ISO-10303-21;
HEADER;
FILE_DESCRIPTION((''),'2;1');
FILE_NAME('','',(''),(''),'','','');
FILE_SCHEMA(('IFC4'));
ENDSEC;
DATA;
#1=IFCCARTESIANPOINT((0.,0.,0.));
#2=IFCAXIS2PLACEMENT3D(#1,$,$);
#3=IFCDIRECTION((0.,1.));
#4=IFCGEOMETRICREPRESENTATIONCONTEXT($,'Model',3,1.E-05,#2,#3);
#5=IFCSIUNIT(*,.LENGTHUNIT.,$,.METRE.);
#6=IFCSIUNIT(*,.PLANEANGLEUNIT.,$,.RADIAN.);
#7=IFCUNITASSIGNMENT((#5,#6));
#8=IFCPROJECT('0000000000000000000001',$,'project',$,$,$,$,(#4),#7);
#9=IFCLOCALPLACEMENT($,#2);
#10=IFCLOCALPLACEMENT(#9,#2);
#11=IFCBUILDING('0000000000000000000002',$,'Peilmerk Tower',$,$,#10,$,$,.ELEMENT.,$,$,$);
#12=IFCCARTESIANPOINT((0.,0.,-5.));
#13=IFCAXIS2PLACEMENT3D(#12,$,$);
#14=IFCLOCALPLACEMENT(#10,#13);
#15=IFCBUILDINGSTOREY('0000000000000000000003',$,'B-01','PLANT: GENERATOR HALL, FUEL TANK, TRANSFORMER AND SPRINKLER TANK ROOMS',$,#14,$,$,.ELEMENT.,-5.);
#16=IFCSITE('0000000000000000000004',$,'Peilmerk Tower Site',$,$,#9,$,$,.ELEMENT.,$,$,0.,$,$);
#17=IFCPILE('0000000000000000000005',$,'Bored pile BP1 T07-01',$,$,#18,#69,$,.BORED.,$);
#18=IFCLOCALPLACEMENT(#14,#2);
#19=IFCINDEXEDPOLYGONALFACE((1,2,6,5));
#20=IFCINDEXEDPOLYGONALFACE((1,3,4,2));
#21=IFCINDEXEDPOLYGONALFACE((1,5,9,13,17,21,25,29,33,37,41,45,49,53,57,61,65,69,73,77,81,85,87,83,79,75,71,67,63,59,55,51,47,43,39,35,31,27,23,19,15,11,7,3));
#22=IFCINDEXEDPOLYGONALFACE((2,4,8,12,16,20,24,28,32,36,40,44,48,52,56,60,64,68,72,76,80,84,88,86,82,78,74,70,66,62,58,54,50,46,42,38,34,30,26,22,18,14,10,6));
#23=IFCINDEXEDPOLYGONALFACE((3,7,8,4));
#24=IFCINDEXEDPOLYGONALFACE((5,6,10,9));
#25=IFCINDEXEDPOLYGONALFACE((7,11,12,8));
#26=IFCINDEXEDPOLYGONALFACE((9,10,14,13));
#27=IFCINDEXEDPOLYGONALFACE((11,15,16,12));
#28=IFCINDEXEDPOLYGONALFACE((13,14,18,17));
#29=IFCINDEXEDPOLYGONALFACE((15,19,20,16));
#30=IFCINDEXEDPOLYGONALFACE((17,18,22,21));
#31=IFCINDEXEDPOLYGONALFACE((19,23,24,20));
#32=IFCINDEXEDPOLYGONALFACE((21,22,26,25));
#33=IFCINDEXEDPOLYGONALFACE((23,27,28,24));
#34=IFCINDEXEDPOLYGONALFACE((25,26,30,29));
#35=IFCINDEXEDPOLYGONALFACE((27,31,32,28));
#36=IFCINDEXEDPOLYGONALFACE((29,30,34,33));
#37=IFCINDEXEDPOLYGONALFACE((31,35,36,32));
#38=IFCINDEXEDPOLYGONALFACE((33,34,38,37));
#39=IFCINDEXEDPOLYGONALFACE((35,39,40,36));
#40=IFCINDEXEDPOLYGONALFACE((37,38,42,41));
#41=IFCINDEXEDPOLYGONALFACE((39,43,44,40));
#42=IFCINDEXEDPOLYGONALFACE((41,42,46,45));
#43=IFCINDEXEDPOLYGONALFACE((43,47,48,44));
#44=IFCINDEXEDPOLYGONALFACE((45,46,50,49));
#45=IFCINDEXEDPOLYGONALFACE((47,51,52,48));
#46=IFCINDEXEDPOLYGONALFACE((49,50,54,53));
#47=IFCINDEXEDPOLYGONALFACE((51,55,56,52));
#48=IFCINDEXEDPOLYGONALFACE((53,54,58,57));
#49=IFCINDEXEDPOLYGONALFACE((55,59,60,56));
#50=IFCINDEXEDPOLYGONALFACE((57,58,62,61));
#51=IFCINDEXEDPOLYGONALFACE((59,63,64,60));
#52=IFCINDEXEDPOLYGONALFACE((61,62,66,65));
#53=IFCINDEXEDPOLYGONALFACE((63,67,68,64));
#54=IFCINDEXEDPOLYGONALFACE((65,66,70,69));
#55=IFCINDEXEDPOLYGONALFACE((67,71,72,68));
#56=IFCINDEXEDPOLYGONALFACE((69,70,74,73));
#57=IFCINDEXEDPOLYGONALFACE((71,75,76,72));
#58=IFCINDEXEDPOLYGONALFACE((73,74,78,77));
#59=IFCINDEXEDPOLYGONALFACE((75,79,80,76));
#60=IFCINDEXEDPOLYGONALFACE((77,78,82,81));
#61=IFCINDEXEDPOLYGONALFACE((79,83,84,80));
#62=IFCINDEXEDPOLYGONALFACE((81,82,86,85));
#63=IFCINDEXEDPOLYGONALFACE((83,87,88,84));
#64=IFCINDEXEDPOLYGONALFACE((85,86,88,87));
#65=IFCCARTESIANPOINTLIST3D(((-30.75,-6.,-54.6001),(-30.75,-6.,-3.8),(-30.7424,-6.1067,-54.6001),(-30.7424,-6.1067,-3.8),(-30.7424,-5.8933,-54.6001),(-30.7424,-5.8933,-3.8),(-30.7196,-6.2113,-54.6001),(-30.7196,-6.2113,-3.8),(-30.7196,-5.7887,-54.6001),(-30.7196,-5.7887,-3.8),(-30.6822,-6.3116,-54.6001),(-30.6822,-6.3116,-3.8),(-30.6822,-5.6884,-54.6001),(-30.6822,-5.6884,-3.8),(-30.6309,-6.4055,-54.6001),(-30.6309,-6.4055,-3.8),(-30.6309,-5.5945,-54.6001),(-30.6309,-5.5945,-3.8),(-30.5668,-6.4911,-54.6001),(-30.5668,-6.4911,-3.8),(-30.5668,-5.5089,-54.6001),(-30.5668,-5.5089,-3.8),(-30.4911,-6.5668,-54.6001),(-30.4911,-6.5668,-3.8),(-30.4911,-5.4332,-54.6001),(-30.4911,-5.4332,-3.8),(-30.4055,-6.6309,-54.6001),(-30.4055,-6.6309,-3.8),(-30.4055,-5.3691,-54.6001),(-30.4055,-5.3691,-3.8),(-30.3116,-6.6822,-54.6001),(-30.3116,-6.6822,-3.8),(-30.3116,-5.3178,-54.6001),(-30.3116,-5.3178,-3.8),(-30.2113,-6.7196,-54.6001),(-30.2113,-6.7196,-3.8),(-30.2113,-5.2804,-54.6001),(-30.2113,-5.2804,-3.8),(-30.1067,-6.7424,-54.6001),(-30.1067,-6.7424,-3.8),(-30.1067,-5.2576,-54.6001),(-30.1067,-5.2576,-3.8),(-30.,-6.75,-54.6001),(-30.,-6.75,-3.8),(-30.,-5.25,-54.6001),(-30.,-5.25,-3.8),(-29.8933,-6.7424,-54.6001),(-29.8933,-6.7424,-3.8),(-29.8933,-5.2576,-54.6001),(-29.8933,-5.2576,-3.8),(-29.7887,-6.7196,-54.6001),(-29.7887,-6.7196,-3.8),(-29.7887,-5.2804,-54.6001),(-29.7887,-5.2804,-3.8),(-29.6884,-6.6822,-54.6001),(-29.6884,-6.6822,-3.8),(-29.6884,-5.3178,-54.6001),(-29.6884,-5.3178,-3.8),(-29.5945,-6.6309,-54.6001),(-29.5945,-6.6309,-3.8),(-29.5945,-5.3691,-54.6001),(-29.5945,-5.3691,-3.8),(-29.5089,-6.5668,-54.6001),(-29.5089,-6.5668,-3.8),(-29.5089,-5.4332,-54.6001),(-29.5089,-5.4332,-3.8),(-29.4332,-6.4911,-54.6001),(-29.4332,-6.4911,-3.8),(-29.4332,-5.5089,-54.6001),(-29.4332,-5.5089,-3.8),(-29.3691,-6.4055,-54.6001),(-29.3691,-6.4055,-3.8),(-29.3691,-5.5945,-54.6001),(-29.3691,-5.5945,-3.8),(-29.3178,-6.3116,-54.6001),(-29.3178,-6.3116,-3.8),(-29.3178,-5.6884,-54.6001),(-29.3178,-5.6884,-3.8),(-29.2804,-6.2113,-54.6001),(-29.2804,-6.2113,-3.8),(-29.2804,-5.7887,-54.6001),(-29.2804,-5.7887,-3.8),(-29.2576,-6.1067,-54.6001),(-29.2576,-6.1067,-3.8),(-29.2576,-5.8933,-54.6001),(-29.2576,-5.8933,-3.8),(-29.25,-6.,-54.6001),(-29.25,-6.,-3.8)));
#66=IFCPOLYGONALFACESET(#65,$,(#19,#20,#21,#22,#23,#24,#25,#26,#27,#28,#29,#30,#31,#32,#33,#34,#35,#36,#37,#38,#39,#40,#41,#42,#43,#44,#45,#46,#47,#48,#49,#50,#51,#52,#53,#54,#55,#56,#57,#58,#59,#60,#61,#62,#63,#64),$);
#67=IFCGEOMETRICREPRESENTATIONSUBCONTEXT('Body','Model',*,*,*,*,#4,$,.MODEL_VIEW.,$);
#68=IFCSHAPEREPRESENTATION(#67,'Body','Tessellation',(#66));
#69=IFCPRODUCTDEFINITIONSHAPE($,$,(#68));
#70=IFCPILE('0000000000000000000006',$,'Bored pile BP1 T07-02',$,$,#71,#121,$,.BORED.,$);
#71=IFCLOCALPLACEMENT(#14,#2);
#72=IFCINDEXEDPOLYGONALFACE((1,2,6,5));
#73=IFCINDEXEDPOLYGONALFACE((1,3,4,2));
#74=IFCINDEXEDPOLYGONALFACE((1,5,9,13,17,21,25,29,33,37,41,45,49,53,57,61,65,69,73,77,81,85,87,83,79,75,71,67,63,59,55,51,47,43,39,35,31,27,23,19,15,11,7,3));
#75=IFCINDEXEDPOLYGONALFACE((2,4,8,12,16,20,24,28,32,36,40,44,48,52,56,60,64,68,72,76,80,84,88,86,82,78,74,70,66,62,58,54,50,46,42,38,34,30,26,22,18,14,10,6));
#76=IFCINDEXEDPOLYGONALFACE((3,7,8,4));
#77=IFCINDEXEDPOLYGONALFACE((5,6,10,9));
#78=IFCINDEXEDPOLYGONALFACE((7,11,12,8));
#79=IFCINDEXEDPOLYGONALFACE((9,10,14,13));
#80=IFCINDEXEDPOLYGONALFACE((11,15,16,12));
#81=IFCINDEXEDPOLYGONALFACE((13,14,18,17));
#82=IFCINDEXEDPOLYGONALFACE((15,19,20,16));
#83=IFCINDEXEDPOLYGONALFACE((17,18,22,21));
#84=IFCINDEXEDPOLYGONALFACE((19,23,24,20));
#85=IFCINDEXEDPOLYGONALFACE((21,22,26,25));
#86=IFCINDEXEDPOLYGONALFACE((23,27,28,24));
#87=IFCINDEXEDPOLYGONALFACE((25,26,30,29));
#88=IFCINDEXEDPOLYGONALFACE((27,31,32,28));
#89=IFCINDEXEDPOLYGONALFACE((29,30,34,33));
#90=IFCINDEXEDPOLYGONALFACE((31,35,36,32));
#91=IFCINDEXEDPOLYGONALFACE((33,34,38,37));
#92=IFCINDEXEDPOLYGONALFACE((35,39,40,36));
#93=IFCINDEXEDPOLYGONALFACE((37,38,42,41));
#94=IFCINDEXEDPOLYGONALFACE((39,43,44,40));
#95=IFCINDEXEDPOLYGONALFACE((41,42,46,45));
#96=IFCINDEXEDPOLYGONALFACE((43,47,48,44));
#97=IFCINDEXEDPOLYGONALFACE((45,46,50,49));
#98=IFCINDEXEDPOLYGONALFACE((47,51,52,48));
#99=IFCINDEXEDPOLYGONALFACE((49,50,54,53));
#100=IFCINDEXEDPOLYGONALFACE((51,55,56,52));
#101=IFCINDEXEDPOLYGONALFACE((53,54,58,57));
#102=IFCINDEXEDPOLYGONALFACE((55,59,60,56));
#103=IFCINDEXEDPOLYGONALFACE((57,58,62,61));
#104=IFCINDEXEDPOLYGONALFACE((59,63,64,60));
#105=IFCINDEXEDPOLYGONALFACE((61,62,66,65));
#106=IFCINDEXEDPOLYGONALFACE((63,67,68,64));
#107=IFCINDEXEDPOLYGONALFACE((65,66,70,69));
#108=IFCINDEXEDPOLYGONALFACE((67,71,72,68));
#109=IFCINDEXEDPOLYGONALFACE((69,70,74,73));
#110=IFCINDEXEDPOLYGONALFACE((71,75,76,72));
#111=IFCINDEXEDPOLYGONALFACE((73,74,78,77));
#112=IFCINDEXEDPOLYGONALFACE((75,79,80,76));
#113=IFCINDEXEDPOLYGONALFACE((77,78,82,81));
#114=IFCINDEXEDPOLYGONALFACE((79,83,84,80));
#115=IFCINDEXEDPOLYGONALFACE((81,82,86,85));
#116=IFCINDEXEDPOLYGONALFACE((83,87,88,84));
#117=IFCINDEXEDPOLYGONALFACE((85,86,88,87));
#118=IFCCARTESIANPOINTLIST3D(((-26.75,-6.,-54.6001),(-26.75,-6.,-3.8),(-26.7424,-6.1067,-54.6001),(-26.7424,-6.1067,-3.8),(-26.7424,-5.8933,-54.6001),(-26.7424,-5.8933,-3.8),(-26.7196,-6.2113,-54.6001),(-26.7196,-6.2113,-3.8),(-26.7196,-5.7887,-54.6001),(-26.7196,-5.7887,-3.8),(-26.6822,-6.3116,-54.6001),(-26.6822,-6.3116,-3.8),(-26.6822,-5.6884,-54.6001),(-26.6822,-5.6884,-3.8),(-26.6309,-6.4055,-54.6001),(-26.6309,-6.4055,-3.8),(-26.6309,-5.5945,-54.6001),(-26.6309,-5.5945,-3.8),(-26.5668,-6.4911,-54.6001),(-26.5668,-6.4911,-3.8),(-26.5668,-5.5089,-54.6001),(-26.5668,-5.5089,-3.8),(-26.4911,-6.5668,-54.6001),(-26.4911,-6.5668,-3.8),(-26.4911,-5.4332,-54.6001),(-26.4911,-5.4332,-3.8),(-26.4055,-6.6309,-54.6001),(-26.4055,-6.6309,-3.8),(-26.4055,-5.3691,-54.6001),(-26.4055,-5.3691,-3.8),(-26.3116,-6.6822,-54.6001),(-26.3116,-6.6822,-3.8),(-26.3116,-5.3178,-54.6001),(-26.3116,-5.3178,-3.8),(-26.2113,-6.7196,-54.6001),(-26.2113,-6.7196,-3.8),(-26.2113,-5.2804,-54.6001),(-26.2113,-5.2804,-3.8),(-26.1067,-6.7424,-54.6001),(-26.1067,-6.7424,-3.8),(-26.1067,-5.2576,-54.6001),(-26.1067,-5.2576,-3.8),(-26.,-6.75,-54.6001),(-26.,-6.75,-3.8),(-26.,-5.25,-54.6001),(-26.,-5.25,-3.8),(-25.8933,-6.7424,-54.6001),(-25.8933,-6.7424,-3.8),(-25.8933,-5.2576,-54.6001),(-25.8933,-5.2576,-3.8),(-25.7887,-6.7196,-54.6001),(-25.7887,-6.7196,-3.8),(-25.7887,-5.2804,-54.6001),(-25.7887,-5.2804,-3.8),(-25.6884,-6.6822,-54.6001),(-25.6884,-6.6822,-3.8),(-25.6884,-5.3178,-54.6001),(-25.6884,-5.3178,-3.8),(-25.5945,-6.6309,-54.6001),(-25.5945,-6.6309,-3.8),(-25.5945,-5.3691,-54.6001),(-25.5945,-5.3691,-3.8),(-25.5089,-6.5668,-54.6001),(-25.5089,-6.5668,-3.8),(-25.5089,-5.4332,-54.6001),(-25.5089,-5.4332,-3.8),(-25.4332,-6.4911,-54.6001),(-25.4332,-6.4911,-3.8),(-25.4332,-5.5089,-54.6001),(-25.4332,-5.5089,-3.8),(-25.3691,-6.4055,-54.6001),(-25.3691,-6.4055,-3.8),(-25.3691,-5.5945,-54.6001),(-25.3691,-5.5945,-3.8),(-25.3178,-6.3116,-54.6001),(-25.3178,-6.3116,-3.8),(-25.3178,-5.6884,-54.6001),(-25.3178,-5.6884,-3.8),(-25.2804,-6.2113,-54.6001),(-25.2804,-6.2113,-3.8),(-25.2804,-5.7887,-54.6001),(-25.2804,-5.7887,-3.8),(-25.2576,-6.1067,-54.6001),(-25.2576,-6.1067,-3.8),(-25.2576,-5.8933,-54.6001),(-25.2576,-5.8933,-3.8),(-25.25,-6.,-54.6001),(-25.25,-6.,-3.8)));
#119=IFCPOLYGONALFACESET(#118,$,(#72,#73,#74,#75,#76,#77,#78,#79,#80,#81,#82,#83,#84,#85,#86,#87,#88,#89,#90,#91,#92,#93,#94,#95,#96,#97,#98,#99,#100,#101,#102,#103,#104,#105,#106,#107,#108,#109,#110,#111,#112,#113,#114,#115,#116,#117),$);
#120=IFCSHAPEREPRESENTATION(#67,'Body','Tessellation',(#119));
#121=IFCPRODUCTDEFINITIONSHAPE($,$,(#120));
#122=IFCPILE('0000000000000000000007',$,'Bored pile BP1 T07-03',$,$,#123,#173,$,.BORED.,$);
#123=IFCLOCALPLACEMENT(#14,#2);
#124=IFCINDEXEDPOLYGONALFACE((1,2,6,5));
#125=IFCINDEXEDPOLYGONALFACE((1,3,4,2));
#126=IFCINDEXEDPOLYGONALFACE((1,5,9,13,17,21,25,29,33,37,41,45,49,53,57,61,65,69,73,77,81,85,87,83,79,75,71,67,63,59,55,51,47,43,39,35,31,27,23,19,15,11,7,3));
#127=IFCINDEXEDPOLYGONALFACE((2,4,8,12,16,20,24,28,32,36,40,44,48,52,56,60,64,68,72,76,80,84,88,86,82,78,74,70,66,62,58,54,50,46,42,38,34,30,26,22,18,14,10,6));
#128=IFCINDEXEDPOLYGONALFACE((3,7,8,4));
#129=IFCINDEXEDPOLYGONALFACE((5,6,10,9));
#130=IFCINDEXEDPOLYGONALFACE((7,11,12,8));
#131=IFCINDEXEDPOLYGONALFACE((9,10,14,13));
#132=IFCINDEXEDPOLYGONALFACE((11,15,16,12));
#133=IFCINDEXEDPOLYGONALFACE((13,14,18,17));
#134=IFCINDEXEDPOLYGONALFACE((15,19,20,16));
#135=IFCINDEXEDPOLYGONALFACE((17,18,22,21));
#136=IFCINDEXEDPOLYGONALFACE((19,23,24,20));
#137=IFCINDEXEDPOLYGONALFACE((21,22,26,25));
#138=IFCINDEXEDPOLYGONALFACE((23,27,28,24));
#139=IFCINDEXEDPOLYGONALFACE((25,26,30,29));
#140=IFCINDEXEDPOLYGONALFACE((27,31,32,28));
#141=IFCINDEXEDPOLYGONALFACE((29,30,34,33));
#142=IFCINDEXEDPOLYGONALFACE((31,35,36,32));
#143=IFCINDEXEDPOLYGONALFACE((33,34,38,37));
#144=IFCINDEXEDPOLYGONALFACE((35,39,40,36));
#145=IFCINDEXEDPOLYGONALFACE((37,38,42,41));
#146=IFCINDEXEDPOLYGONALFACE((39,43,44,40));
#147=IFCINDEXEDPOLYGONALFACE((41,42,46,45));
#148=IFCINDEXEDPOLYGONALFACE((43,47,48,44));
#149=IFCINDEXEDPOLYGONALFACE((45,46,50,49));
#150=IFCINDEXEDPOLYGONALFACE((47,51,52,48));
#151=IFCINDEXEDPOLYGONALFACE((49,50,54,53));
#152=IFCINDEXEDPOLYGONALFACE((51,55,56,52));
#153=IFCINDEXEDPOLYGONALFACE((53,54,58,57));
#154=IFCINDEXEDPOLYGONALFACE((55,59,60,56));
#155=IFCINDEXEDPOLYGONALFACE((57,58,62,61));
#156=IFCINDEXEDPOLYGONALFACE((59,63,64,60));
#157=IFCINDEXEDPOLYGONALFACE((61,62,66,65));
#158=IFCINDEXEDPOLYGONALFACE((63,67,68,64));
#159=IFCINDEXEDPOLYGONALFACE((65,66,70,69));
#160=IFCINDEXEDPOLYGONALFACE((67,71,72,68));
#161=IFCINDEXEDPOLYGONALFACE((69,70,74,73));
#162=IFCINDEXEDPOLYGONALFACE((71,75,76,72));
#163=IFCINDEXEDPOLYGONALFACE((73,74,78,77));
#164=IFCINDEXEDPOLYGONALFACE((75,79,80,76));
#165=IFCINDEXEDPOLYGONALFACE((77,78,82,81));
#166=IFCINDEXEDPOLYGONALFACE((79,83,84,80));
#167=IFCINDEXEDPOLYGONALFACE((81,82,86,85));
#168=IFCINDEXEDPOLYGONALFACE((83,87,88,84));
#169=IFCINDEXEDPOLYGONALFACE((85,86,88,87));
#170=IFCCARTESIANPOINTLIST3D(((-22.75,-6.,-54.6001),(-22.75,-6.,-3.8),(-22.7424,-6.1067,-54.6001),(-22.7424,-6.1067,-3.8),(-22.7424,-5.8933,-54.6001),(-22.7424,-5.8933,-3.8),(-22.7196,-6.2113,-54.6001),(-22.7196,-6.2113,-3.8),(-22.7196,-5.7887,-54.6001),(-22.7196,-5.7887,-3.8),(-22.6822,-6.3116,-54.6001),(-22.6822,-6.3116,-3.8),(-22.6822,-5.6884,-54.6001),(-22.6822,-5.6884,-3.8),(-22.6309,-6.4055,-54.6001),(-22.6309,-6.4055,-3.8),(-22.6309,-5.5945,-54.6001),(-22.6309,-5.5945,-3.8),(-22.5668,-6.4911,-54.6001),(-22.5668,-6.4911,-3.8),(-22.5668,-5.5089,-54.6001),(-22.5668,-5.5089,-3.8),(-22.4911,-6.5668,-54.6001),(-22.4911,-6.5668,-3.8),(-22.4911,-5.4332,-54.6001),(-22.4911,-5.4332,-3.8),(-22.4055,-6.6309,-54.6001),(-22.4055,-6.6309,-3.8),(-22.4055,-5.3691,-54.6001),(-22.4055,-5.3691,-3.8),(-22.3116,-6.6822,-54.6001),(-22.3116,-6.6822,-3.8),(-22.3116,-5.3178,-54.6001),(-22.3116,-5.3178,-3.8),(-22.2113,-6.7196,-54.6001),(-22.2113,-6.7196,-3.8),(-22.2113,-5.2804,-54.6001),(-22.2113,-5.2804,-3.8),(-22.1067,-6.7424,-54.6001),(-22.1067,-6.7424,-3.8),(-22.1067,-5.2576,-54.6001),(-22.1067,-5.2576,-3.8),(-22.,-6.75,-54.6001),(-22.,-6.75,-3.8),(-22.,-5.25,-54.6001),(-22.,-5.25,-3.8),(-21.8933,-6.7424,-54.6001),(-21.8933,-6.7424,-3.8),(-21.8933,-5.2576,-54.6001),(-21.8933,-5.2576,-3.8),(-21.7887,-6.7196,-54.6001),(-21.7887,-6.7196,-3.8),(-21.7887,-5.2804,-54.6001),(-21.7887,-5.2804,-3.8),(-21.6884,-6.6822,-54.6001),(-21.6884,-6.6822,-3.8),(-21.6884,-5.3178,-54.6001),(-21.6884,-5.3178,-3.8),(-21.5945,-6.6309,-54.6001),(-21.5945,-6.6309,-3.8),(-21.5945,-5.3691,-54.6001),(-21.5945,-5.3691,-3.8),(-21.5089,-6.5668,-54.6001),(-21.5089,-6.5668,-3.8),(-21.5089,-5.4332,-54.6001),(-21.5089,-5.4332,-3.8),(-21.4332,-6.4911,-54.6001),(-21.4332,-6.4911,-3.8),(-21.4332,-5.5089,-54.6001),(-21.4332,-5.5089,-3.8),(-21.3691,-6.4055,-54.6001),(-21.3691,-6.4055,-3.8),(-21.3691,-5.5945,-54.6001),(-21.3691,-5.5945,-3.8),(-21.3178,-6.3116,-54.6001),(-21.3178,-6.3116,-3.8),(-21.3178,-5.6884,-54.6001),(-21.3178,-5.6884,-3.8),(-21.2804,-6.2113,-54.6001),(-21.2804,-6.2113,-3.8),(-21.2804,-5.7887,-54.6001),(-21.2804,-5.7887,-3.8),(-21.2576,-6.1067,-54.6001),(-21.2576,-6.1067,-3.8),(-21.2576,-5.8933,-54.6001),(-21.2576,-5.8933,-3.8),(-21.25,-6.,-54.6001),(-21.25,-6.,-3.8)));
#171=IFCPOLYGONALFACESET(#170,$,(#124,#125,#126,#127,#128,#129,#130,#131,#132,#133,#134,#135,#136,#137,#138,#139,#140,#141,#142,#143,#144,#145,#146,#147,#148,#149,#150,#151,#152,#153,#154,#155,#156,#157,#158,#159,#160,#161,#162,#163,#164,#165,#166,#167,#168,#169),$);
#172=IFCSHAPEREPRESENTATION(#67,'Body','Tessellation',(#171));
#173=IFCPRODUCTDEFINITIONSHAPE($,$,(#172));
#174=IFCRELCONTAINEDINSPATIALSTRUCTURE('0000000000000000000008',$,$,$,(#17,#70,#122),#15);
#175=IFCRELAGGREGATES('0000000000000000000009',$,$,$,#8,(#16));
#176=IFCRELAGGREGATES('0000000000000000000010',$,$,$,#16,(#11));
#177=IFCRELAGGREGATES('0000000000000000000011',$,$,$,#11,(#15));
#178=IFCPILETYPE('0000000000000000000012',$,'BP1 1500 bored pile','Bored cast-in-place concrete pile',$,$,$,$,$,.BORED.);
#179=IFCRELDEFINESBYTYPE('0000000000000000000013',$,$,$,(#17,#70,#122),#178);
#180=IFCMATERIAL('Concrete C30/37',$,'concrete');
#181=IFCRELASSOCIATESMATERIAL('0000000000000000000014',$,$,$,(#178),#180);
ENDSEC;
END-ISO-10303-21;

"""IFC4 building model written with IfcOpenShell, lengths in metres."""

from ifc_helpers import new_model, si_unit, direction, frame, origin, origin_2d, place, context, subcontext, project, spatial, circle, extrude, material, material_profile, profile_set, type_object, element, save


model = new_model("IFC4")

# Units and contexts
model_context = context("Model", 3, precision=1e-05, world=origin(), true_north=direction((0.0, 1.0)))
body_context = subcontext(model_context, "Body", "Model", "MODEL_VIEW")
ifc_project = project(units=[si_unit("LENGTHUNIT", "METRE"), si_unit("PLANEANGLEUNIT", "RADIAN")], contexts=[model_context])

# Site, building, storey
site_placement = place(None, origin())
site = spatial("IfcSite", under=ifc_project, at=site_placement, Name="Peilmerk Tower Site", CompositionType="ELEMENT", RefElevation=0.0)
building_placement = place(site_placement, origin())
building = spatial("IfcBuilding", under=site, at=building_placement, Name="Peilmerk Tower", CompositionType="ELEMENT")
storey_placement = place(building_placement, frame((0.0, 0.0, -5.0)))
storey = spatial("IfcBuildingStorey", under=building, at=storey_placement, Name="B-01", Description="PLANT: GENERATOR HALL, FUEL TANK, TRANSFORMER AND SPRINKLER TANK ROOMS", CompositionType="ELEMENT", Elevation=-5.0)

# Piles
ifc_material_1 = material(Name="Concrete C30/37", Category="concrete")
ifc_material_profile_1 = material_profile(ifc_material_1, circle(Radius=0.75, at=origin_2d()), Name="BP 1500")
ifc_profile_set_1 = profile_set([ifc_material_profile_1], Name="Concrete C30/37")
pile_type_1 = type_object("IfcPileType", Name="BP1 1500 bored pile", Description="Bored cast-in-place concrete pile", PredefinedType="BORED", material=ifc_profile_set_1)
for number, where, z_axis, x_axis, name in (
    (1, (-30.0, -6.0, -3.8), (0.0, 0.0, -1.0), (1.0, 0.0, 0.0), "Bored pile BP1 T07-01"),
    (2, (-26.0, -6.0, -3.8), (0.0, 0.0, -1.0), (1.0, 0.0, 0.0), "Bored pile BP1 T07-02"),
    (3, (-22.0, -6.0, -3.8), (0.0, 0.0, -1.0), (1.0, 0.0, 0.0), "Bored pile BP1 T07-03"),
):
    element("IfcPile", number, at=place(storey_placement, frame(where, z_axis=z_axis, x_axis=x_axis)), inside=storey, type_object=pile_type_1, Name=name, PredefinedType="BORED", context=body_context, shape_type="SweptSolid", body=[
        extrude(circle(Radius=0.75, at=origin_2d()), origin(), (0.0, 0.0, 1.0), 50.8),
    ])

save(model, "model.ifc")
